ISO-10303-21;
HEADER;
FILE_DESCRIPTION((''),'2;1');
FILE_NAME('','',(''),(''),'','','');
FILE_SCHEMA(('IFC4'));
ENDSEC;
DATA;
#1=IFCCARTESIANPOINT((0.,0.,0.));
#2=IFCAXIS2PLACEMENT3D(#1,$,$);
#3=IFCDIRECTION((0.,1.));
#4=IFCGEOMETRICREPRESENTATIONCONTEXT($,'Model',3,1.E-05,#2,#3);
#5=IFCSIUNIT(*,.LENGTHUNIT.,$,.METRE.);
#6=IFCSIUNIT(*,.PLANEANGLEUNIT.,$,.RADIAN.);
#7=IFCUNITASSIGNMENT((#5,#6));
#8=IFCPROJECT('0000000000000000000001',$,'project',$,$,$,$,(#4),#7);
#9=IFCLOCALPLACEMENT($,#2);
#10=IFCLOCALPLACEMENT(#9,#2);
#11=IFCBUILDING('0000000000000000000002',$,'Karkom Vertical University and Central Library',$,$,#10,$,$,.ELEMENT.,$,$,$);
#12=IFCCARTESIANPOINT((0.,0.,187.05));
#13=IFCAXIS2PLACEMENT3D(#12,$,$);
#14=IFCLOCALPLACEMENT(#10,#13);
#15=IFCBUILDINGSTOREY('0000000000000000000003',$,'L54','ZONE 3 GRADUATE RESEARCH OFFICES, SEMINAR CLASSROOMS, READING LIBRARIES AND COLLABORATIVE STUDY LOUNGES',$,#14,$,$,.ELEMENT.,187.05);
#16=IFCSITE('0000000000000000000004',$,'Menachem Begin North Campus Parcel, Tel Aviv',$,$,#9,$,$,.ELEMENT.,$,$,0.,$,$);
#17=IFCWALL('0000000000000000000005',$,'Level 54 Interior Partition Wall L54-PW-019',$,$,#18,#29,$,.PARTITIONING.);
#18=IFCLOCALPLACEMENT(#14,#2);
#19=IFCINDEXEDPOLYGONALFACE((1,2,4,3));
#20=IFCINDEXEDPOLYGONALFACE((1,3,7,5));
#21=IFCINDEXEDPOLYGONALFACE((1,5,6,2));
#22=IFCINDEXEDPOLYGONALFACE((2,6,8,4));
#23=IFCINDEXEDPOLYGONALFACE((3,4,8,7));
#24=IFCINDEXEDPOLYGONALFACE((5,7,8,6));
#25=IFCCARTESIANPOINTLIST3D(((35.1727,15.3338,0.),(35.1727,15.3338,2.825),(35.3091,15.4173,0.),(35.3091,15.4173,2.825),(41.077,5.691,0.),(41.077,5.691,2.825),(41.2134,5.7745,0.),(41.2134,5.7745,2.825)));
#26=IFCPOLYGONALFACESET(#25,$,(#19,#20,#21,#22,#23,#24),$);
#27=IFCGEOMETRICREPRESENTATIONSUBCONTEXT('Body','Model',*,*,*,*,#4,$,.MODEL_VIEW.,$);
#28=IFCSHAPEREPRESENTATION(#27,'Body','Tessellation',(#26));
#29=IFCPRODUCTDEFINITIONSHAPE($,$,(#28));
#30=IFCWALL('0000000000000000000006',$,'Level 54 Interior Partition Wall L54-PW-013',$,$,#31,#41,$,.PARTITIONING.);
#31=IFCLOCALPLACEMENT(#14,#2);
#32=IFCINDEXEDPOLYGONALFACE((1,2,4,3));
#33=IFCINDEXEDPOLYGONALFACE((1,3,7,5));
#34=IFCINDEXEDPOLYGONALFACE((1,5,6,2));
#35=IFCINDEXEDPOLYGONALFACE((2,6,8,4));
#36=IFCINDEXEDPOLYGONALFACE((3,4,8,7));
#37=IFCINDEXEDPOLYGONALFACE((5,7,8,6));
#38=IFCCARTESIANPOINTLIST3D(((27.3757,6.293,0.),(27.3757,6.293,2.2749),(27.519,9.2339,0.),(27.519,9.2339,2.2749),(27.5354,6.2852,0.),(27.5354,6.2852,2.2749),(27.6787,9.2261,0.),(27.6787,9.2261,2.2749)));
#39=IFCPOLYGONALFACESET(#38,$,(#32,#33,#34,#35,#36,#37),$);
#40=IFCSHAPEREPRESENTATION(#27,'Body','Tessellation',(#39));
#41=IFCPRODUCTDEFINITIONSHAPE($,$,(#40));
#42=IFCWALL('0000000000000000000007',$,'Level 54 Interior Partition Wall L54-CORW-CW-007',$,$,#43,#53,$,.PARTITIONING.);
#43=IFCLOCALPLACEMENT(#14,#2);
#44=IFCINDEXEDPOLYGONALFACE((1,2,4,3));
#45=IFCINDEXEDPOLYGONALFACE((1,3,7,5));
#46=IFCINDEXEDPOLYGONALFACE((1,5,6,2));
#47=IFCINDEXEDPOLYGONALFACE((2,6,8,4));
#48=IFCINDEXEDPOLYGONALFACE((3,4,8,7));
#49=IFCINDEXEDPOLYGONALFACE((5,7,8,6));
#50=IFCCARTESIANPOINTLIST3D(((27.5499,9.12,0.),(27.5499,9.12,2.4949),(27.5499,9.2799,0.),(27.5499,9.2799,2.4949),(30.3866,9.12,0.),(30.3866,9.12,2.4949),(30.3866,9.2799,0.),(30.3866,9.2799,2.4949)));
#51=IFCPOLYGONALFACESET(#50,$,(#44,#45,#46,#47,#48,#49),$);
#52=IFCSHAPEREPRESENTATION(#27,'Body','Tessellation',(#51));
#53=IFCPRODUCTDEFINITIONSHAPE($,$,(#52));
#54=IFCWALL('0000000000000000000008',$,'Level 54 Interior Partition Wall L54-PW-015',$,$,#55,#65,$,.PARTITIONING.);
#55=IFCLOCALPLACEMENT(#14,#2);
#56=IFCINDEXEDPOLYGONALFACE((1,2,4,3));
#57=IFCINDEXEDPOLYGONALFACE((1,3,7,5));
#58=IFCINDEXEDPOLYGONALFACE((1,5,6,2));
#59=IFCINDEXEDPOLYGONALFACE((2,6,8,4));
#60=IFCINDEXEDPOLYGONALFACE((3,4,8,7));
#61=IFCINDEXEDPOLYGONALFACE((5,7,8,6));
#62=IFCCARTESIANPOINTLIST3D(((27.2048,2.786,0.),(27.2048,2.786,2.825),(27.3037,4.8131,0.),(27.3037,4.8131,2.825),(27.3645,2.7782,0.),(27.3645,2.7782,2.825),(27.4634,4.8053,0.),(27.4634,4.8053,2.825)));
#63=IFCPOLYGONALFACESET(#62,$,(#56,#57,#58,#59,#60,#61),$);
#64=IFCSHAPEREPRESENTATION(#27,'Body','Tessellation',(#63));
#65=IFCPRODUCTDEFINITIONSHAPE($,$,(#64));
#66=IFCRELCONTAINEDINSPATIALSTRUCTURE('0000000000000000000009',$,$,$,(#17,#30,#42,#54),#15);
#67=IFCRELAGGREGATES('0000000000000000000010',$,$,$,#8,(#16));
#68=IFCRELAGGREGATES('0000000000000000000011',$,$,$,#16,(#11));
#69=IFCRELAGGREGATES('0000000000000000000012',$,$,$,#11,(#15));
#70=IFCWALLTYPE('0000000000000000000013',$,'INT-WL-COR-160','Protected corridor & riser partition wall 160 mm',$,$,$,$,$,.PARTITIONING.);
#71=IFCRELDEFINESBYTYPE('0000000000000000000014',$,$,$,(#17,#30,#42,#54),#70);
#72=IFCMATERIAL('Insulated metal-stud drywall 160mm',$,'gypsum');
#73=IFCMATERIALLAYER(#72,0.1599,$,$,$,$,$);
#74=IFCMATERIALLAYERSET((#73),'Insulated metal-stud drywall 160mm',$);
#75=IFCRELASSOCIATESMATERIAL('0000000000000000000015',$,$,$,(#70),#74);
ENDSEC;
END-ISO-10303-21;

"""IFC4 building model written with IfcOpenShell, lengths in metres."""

from ifc_helpers import new_model, si_unit, direction, frame, frame_2d, origin, place, context, subcontext, project, spatial, rectangle, extrude, material, layer, layer_set, type_object, element, save


model = new_model("IFC4")

# Units and contexts
model_context = context("Model", 3, precision=1e-05, world=origin(), true_north=direction((0.0, 1.0)))
body_context = subcontext(model_context, "Body", "Model", "MODEL_VIEW")
ifc_project = project(units=[si_unit("LENGTHUNIT", "METRE"), si_unit("PLANEANGLEUNIT", "RADIAN")], contexts=[model_context])

# Site, building, storey
site_placement = place(None, origin())
site = spatial("IfcSite", under=ifc_project, at=site_placement, Name="Menachem Begin North Campus Parcel, Tel Aviv", CompositionType="ELEMENT", RefElevation=0.0)
building_placement = place(site_placement, origin())
building = spatial("IfcBuilding", under=site, at=building_placement, Name="Karkom Vertical University and Central Library", CompositionType="ELEMENT")
storey_placement = place(building_placement, frame((0.0, 0.0, 187.05)))
storey = spatial("IfcBuildingStorey", under=building, at=storey_placement, Name="L54", Description="ZONE 3 GRADUATE RESEARCH OFFICES, SEMINAR CLASSROOMS, READING LIBRARIES AND COLLABORATIVE STUDY LOUNGES", CompositionType="ELEMENT", Elevation=187.05)

# Shared definitions
ifc_material_1 = material(Name="Insulated metal-stud drywall 160mm", Category="gypsum")
ifc_layer = layer(ifc_material_1, 0.1599)
ifc_layer_set = layer_set([ifc_layer], Name="Insulated metal-stud drywall 160mm")
wall_type = type_object("IfcWallType", Name="INT-WL-COR-160", Description="Protected corridor & riser partition wall 160 mm", PredefinedType="PARTITIONING", material=ifc_layer_set)

# Wall
wall_1_placement = place(storey_placement, frame((35.241, 15.3755, 0.0), z_axis=(0.0, 0.0, 1.0), x_axis=(0.522188, -0.852831, 0.0)))
element("IfcWall", 1, at=wall_1_placement, inside=storey, type_object=wall_type, Name="Level 54 Interior Partition Wall L54-PW-019", PredefinedType="PARTITIONING", context=body_context, shape_type="SweptSolid", body=[
    extrude(rectangle(XDim=11.3069, YDim=0.1599, at=frame_2d((5.6533, 0.0))), origin(), (0.0, 0.0, 1.0), 2.825),
])

# Walls
wall_2_placement = place(storey_placement, frame((27.5989, 9.23, 0.0), z_axis=(0.0, 0.0, 1.0), x_axis=(-0.048672, -0.998815, 0.0)))
element("IfcWall", 2, at=wall_2_placement, inside=storey, type_object=wall_type, Name="Level 54 Interior Partition Wall L54-PW-013", PredefinedType="PARTITIONING", context=body_context, shape_type="SweptSolid", body=[
    extrude(rectangle(XDim=2.9443, YDim=0.1599, at=frame_2d((1.4722, 0.0))), origin(), (0.0, 0.0, 1.0), 2.2749),
])
wall_3_placement = place(storey_placement, frame((30.3867, 9.2, 0.0), z_axis=(0.0, 0.0, 1.0), x_axis=(-1.0, 0.0, 0.0)))
element("IfcWall", 3, at=wall_3_placement, inside=storey, type_object=wall_type, Name="Level 54 Interior Partition Wall L54-CORW-CW-007", PredefinedType="PARTITIONING", context=body_context, shape_type="SweptSolid", body=[
    extrude(rectangle(XDim=2.8367, YDim=0.1599, at=frame_2d((1.4185, 0.0))), origin(), (0.0, 0.0, 1.0), 2.4949),
])
wall_4_placement = place(storey_placement, frame((27.3835, 4.8091, 0.0), z_axis=(0.0, 0.0, 1.0), x_axis=(-0.04872, -0.998812, 0.0)))
element("IfcWall", 4, at=wall_4_placement, inside=storey, type_object=wall_type, Name="Level 54 Interior Partition Wall L54-PW-015", PredefinedType="PARTITIONING", context=body_context, shape_type="SweptSolid", body=[
    extrude(rectangle(XDim=2.0295, YDim=0.1599, at=frame_2d((1.0146, 0.0))), origin(), (0.0, 0.0, 1.0), 2.825),
])

save(model, "model.ifc")
